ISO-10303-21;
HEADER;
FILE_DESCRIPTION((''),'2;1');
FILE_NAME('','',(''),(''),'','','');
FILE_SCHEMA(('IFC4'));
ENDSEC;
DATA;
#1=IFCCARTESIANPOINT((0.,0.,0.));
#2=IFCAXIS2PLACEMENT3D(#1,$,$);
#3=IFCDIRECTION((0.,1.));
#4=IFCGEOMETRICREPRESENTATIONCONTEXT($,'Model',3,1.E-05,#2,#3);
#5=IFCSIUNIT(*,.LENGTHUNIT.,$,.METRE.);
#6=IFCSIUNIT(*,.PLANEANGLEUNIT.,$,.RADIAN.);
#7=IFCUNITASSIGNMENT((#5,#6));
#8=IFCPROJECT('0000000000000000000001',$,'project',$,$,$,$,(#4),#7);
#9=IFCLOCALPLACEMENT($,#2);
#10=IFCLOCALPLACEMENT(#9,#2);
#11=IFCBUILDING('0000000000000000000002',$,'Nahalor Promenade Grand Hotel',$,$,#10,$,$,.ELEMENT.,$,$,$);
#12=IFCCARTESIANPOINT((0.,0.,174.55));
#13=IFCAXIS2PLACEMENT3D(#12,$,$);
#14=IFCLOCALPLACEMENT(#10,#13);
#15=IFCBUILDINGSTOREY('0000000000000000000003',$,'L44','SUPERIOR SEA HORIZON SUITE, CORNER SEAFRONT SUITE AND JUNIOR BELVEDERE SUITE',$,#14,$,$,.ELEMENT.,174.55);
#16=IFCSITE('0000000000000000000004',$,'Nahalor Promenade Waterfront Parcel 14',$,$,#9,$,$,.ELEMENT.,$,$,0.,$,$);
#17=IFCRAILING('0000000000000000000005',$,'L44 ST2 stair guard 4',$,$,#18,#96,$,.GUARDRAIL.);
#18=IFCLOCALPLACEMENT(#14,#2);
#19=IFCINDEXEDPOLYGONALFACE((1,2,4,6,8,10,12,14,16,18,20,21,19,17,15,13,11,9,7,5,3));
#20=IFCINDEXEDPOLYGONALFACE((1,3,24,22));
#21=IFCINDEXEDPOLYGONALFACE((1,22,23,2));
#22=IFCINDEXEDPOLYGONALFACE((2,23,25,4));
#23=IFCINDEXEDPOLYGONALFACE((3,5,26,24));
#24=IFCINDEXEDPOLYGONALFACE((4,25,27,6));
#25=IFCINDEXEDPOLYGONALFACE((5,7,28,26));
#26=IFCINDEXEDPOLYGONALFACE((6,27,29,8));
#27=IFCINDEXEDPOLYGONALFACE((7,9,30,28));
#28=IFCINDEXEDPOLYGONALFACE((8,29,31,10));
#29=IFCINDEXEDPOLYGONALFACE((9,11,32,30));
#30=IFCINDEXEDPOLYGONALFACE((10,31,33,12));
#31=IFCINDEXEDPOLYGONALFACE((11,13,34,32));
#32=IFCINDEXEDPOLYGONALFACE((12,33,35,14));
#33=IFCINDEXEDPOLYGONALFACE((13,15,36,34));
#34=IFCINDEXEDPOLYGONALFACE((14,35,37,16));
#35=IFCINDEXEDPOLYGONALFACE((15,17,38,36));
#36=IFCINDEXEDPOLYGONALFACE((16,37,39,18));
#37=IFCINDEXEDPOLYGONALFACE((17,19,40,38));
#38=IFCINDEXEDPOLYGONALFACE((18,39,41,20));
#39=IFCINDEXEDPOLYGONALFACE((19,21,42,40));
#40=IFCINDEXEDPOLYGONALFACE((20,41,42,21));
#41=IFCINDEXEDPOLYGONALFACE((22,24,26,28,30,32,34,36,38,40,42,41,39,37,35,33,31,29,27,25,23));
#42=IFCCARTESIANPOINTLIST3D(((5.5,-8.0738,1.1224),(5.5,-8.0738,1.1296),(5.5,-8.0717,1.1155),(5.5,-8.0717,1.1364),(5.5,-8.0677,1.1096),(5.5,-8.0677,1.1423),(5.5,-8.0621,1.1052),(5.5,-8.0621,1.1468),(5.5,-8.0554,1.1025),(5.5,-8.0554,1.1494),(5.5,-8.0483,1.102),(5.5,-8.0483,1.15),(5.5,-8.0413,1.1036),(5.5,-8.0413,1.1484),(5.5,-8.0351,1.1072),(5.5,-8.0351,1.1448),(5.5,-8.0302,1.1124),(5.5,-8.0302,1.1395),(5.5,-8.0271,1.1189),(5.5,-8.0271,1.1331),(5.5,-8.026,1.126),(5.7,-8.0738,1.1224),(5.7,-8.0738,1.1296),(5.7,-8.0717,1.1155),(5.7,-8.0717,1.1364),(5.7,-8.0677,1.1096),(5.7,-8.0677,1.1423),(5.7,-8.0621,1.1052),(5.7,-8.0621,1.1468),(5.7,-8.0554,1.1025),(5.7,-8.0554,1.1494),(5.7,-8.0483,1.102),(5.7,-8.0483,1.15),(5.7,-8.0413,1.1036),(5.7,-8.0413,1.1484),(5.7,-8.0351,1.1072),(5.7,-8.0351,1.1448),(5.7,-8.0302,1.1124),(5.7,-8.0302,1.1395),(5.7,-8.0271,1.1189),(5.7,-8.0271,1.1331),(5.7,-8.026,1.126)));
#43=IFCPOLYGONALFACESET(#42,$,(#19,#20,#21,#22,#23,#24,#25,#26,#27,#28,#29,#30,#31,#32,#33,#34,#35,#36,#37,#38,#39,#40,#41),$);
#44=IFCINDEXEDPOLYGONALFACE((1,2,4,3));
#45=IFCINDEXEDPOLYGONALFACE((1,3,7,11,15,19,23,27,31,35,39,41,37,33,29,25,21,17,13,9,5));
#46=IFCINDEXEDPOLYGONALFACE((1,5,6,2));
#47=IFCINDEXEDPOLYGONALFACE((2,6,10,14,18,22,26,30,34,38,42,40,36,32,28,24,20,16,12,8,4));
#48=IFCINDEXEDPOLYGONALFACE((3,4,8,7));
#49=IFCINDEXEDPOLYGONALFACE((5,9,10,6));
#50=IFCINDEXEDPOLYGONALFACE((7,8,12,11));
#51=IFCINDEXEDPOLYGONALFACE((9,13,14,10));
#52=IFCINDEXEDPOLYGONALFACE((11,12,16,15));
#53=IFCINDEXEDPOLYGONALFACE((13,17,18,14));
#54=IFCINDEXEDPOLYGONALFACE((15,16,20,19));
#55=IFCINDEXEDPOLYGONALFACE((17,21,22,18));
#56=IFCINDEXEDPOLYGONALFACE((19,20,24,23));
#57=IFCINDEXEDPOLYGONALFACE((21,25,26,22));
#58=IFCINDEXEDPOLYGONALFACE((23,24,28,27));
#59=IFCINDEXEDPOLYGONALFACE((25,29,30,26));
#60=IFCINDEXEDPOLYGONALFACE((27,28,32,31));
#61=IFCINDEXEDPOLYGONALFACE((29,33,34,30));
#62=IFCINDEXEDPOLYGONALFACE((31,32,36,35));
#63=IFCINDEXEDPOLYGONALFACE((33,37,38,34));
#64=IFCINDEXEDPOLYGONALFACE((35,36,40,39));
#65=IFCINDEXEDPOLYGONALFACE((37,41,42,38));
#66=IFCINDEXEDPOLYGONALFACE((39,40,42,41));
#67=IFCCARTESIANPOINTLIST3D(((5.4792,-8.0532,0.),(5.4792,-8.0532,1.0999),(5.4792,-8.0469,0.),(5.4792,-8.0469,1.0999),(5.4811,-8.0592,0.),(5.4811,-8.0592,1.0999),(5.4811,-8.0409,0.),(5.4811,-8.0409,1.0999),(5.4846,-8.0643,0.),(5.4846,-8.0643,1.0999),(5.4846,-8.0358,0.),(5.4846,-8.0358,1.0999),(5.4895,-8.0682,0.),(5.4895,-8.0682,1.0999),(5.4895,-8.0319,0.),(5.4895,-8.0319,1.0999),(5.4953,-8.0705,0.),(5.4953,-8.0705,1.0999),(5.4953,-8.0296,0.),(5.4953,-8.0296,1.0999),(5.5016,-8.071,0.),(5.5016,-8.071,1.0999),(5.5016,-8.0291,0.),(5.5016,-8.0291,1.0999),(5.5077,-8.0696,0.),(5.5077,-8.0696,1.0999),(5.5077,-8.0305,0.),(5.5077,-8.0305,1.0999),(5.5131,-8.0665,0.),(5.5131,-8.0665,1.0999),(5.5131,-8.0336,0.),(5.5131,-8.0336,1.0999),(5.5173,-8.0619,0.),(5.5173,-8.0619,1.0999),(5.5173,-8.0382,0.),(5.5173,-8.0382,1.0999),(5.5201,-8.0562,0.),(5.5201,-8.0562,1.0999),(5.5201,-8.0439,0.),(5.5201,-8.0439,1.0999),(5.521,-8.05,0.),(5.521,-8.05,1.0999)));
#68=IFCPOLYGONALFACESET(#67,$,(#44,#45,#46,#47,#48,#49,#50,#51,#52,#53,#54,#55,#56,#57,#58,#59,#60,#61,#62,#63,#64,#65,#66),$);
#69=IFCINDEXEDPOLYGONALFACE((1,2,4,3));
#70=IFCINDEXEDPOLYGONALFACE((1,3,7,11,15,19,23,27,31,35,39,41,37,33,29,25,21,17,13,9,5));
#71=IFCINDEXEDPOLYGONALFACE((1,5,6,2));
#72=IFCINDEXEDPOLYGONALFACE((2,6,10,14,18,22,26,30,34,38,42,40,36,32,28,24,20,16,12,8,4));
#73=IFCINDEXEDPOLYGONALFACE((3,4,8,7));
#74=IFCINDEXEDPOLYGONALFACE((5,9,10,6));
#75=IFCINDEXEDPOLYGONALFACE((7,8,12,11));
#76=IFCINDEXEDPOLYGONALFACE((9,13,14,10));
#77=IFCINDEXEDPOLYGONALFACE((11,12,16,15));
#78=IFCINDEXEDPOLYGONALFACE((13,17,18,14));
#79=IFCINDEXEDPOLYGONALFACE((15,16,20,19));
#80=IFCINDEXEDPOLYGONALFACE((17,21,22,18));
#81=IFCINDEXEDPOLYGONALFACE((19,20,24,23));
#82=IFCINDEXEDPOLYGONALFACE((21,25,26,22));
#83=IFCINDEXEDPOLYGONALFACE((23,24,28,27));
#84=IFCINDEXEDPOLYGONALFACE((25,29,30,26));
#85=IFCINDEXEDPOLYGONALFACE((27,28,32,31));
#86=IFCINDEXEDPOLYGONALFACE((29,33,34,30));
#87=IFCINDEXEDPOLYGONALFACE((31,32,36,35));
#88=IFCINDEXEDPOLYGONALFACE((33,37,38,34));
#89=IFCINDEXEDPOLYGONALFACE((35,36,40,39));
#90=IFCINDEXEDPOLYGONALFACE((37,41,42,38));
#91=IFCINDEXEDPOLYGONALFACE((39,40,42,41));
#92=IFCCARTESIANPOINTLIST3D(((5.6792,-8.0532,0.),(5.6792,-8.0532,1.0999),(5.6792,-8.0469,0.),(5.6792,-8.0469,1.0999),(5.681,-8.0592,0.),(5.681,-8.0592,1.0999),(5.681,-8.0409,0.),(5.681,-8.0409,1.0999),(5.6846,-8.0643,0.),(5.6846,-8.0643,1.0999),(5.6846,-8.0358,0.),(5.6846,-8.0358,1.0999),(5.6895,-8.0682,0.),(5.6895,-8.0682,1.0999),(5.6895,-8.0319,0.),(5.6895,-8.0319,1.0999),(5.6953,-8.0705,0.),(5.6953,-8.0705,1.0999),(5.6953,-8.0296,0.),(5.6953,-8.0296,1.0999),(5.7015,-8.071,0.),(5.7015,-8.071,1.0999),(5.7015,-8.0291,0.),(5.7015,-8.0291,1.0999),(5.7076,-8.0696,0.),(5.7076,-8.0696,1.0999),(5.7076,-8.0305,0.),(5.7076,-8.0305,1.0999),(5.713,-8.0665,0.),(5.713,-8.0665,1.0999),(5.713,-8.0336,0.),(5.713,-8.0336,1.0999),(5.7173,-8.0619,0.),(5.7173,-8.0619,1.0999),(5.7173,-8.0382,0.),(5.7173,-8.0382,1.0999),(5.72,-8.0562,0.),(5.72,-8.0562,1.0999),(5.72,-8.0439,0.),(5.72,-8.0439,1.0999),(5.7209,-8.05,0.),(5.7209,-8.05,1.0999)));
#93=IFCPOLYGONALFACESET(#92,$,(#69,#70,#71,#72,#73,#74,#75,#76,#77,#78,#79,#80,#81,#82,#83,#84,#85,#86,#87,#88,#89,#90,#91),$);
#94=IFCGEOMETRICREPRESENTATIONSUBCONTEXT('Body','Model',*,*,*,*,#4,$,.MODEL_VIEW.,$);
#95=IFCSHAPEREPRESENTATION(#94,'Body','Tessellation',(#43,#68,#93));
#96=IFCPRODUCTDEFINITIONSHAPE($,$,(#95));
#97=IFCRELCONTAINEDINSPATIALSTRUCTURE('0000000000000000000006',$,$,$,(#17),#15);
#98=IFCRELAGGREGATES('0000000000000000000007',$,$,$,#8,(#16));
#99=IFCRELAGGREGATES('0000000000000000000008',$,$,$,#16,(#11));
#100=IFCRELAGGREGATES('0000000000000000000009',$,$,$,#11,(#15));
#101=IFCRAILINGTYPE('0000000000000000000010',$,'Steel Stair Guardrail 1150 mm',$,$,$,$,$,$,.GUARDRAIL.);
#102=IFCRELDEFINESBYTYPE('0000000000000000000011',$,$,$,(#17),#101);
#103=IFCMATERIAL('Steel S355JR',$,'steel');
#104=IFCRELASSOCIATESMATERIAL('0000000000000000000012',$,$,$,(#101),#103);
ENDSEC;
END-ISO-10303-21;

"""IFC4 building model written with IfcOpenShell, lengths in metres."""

from ifc_helpers import new_model, si_unit, direction, frame, origin, origin_2d, place, context, subcontext, project, spatial, circle, extrude, material, type_object, element, save


model = new_model("IFC4")

# Units and contexts
model_context = context("Model", 3, precision=1e-05, world=origin(), true_north=direction((0.0, 1.0)))
body_context = subcontext(model_context, "Body", "Model", "MODEL_VIEW")
ifc_project = project(units=[si_unit("LENGTHUNIT", "METRE"), si_unit("PLANEANGLEUNIT", "RADIAN")], contexts=[model_context])

# Site, building, storey
site_placement = place(None, origin())
site = spatial("IfcSite", under=ifc_project, at=site_placement, Name="Nahalor Promenade Waterfront Parcel 14", CompositionType="ELEMENT", RefElevation=0.0)
building_placement = place(site_placement, origin())
building = spatial("IfcBuilding", under=site, at=building_placement, Name="Nahalor Promenade Grand Hotel", CompositionType="ELEMENT")
storey_placement = place(building_placement, frame((0.0, 0.0, 174.55)))
storey = spatial("IfcBuildingStorey", under=building, at=storey_placement, Name="L44", Description="SUPERIOR SEA HORIZON SUITE, CORNER SEAFRONT SUITE AND JUNIOR BELVEDERE SUITE", CompositionType="ELEMENT", Elevation=174.55)

# Shared definitions
ifc_material_1 = material(Name="Steel S355JR", Category="steel")

# Railing
railing_type_1 = type_object("IfcRailingType", Name="Steel Stair Guardrail 1150 mm", PredefinedType="GUARDRAIL", material=ifc_material_1)
railing_1_placement = place(storey_placement, frame((5.5, -8.05, 0.0)))
element("IfcRailing", 1, at=railing_1_placement, inside=storey, type_object=railing_type_1, Name="L44 ST2 stair guard 4", PredefinedType="GUARDRAIL", context=body_context, shape_type="SweptSolid", body=[
    extrude(circle(Radius=0.024, at=origin_2d()), frame((0.0, 0.0, 1.126), z_axis=(1.0, 0.0, 0.0), x_axis=(0.0, 1.0, 0.0)), (0.0, 0.0, 1.0), 0.2),
    extrude(circle(Radius=0.021, at=origin_2d()), origin(), (0.0, 0.0, 1.0), 1.0999),
    extrude(circle(Radius=0.021, at=origin_2d()), frame((0.2, 0.0, 0.0)), (0.0, 0.0, 1.0), 1.0999),
])

save(model, "model.ifc")
